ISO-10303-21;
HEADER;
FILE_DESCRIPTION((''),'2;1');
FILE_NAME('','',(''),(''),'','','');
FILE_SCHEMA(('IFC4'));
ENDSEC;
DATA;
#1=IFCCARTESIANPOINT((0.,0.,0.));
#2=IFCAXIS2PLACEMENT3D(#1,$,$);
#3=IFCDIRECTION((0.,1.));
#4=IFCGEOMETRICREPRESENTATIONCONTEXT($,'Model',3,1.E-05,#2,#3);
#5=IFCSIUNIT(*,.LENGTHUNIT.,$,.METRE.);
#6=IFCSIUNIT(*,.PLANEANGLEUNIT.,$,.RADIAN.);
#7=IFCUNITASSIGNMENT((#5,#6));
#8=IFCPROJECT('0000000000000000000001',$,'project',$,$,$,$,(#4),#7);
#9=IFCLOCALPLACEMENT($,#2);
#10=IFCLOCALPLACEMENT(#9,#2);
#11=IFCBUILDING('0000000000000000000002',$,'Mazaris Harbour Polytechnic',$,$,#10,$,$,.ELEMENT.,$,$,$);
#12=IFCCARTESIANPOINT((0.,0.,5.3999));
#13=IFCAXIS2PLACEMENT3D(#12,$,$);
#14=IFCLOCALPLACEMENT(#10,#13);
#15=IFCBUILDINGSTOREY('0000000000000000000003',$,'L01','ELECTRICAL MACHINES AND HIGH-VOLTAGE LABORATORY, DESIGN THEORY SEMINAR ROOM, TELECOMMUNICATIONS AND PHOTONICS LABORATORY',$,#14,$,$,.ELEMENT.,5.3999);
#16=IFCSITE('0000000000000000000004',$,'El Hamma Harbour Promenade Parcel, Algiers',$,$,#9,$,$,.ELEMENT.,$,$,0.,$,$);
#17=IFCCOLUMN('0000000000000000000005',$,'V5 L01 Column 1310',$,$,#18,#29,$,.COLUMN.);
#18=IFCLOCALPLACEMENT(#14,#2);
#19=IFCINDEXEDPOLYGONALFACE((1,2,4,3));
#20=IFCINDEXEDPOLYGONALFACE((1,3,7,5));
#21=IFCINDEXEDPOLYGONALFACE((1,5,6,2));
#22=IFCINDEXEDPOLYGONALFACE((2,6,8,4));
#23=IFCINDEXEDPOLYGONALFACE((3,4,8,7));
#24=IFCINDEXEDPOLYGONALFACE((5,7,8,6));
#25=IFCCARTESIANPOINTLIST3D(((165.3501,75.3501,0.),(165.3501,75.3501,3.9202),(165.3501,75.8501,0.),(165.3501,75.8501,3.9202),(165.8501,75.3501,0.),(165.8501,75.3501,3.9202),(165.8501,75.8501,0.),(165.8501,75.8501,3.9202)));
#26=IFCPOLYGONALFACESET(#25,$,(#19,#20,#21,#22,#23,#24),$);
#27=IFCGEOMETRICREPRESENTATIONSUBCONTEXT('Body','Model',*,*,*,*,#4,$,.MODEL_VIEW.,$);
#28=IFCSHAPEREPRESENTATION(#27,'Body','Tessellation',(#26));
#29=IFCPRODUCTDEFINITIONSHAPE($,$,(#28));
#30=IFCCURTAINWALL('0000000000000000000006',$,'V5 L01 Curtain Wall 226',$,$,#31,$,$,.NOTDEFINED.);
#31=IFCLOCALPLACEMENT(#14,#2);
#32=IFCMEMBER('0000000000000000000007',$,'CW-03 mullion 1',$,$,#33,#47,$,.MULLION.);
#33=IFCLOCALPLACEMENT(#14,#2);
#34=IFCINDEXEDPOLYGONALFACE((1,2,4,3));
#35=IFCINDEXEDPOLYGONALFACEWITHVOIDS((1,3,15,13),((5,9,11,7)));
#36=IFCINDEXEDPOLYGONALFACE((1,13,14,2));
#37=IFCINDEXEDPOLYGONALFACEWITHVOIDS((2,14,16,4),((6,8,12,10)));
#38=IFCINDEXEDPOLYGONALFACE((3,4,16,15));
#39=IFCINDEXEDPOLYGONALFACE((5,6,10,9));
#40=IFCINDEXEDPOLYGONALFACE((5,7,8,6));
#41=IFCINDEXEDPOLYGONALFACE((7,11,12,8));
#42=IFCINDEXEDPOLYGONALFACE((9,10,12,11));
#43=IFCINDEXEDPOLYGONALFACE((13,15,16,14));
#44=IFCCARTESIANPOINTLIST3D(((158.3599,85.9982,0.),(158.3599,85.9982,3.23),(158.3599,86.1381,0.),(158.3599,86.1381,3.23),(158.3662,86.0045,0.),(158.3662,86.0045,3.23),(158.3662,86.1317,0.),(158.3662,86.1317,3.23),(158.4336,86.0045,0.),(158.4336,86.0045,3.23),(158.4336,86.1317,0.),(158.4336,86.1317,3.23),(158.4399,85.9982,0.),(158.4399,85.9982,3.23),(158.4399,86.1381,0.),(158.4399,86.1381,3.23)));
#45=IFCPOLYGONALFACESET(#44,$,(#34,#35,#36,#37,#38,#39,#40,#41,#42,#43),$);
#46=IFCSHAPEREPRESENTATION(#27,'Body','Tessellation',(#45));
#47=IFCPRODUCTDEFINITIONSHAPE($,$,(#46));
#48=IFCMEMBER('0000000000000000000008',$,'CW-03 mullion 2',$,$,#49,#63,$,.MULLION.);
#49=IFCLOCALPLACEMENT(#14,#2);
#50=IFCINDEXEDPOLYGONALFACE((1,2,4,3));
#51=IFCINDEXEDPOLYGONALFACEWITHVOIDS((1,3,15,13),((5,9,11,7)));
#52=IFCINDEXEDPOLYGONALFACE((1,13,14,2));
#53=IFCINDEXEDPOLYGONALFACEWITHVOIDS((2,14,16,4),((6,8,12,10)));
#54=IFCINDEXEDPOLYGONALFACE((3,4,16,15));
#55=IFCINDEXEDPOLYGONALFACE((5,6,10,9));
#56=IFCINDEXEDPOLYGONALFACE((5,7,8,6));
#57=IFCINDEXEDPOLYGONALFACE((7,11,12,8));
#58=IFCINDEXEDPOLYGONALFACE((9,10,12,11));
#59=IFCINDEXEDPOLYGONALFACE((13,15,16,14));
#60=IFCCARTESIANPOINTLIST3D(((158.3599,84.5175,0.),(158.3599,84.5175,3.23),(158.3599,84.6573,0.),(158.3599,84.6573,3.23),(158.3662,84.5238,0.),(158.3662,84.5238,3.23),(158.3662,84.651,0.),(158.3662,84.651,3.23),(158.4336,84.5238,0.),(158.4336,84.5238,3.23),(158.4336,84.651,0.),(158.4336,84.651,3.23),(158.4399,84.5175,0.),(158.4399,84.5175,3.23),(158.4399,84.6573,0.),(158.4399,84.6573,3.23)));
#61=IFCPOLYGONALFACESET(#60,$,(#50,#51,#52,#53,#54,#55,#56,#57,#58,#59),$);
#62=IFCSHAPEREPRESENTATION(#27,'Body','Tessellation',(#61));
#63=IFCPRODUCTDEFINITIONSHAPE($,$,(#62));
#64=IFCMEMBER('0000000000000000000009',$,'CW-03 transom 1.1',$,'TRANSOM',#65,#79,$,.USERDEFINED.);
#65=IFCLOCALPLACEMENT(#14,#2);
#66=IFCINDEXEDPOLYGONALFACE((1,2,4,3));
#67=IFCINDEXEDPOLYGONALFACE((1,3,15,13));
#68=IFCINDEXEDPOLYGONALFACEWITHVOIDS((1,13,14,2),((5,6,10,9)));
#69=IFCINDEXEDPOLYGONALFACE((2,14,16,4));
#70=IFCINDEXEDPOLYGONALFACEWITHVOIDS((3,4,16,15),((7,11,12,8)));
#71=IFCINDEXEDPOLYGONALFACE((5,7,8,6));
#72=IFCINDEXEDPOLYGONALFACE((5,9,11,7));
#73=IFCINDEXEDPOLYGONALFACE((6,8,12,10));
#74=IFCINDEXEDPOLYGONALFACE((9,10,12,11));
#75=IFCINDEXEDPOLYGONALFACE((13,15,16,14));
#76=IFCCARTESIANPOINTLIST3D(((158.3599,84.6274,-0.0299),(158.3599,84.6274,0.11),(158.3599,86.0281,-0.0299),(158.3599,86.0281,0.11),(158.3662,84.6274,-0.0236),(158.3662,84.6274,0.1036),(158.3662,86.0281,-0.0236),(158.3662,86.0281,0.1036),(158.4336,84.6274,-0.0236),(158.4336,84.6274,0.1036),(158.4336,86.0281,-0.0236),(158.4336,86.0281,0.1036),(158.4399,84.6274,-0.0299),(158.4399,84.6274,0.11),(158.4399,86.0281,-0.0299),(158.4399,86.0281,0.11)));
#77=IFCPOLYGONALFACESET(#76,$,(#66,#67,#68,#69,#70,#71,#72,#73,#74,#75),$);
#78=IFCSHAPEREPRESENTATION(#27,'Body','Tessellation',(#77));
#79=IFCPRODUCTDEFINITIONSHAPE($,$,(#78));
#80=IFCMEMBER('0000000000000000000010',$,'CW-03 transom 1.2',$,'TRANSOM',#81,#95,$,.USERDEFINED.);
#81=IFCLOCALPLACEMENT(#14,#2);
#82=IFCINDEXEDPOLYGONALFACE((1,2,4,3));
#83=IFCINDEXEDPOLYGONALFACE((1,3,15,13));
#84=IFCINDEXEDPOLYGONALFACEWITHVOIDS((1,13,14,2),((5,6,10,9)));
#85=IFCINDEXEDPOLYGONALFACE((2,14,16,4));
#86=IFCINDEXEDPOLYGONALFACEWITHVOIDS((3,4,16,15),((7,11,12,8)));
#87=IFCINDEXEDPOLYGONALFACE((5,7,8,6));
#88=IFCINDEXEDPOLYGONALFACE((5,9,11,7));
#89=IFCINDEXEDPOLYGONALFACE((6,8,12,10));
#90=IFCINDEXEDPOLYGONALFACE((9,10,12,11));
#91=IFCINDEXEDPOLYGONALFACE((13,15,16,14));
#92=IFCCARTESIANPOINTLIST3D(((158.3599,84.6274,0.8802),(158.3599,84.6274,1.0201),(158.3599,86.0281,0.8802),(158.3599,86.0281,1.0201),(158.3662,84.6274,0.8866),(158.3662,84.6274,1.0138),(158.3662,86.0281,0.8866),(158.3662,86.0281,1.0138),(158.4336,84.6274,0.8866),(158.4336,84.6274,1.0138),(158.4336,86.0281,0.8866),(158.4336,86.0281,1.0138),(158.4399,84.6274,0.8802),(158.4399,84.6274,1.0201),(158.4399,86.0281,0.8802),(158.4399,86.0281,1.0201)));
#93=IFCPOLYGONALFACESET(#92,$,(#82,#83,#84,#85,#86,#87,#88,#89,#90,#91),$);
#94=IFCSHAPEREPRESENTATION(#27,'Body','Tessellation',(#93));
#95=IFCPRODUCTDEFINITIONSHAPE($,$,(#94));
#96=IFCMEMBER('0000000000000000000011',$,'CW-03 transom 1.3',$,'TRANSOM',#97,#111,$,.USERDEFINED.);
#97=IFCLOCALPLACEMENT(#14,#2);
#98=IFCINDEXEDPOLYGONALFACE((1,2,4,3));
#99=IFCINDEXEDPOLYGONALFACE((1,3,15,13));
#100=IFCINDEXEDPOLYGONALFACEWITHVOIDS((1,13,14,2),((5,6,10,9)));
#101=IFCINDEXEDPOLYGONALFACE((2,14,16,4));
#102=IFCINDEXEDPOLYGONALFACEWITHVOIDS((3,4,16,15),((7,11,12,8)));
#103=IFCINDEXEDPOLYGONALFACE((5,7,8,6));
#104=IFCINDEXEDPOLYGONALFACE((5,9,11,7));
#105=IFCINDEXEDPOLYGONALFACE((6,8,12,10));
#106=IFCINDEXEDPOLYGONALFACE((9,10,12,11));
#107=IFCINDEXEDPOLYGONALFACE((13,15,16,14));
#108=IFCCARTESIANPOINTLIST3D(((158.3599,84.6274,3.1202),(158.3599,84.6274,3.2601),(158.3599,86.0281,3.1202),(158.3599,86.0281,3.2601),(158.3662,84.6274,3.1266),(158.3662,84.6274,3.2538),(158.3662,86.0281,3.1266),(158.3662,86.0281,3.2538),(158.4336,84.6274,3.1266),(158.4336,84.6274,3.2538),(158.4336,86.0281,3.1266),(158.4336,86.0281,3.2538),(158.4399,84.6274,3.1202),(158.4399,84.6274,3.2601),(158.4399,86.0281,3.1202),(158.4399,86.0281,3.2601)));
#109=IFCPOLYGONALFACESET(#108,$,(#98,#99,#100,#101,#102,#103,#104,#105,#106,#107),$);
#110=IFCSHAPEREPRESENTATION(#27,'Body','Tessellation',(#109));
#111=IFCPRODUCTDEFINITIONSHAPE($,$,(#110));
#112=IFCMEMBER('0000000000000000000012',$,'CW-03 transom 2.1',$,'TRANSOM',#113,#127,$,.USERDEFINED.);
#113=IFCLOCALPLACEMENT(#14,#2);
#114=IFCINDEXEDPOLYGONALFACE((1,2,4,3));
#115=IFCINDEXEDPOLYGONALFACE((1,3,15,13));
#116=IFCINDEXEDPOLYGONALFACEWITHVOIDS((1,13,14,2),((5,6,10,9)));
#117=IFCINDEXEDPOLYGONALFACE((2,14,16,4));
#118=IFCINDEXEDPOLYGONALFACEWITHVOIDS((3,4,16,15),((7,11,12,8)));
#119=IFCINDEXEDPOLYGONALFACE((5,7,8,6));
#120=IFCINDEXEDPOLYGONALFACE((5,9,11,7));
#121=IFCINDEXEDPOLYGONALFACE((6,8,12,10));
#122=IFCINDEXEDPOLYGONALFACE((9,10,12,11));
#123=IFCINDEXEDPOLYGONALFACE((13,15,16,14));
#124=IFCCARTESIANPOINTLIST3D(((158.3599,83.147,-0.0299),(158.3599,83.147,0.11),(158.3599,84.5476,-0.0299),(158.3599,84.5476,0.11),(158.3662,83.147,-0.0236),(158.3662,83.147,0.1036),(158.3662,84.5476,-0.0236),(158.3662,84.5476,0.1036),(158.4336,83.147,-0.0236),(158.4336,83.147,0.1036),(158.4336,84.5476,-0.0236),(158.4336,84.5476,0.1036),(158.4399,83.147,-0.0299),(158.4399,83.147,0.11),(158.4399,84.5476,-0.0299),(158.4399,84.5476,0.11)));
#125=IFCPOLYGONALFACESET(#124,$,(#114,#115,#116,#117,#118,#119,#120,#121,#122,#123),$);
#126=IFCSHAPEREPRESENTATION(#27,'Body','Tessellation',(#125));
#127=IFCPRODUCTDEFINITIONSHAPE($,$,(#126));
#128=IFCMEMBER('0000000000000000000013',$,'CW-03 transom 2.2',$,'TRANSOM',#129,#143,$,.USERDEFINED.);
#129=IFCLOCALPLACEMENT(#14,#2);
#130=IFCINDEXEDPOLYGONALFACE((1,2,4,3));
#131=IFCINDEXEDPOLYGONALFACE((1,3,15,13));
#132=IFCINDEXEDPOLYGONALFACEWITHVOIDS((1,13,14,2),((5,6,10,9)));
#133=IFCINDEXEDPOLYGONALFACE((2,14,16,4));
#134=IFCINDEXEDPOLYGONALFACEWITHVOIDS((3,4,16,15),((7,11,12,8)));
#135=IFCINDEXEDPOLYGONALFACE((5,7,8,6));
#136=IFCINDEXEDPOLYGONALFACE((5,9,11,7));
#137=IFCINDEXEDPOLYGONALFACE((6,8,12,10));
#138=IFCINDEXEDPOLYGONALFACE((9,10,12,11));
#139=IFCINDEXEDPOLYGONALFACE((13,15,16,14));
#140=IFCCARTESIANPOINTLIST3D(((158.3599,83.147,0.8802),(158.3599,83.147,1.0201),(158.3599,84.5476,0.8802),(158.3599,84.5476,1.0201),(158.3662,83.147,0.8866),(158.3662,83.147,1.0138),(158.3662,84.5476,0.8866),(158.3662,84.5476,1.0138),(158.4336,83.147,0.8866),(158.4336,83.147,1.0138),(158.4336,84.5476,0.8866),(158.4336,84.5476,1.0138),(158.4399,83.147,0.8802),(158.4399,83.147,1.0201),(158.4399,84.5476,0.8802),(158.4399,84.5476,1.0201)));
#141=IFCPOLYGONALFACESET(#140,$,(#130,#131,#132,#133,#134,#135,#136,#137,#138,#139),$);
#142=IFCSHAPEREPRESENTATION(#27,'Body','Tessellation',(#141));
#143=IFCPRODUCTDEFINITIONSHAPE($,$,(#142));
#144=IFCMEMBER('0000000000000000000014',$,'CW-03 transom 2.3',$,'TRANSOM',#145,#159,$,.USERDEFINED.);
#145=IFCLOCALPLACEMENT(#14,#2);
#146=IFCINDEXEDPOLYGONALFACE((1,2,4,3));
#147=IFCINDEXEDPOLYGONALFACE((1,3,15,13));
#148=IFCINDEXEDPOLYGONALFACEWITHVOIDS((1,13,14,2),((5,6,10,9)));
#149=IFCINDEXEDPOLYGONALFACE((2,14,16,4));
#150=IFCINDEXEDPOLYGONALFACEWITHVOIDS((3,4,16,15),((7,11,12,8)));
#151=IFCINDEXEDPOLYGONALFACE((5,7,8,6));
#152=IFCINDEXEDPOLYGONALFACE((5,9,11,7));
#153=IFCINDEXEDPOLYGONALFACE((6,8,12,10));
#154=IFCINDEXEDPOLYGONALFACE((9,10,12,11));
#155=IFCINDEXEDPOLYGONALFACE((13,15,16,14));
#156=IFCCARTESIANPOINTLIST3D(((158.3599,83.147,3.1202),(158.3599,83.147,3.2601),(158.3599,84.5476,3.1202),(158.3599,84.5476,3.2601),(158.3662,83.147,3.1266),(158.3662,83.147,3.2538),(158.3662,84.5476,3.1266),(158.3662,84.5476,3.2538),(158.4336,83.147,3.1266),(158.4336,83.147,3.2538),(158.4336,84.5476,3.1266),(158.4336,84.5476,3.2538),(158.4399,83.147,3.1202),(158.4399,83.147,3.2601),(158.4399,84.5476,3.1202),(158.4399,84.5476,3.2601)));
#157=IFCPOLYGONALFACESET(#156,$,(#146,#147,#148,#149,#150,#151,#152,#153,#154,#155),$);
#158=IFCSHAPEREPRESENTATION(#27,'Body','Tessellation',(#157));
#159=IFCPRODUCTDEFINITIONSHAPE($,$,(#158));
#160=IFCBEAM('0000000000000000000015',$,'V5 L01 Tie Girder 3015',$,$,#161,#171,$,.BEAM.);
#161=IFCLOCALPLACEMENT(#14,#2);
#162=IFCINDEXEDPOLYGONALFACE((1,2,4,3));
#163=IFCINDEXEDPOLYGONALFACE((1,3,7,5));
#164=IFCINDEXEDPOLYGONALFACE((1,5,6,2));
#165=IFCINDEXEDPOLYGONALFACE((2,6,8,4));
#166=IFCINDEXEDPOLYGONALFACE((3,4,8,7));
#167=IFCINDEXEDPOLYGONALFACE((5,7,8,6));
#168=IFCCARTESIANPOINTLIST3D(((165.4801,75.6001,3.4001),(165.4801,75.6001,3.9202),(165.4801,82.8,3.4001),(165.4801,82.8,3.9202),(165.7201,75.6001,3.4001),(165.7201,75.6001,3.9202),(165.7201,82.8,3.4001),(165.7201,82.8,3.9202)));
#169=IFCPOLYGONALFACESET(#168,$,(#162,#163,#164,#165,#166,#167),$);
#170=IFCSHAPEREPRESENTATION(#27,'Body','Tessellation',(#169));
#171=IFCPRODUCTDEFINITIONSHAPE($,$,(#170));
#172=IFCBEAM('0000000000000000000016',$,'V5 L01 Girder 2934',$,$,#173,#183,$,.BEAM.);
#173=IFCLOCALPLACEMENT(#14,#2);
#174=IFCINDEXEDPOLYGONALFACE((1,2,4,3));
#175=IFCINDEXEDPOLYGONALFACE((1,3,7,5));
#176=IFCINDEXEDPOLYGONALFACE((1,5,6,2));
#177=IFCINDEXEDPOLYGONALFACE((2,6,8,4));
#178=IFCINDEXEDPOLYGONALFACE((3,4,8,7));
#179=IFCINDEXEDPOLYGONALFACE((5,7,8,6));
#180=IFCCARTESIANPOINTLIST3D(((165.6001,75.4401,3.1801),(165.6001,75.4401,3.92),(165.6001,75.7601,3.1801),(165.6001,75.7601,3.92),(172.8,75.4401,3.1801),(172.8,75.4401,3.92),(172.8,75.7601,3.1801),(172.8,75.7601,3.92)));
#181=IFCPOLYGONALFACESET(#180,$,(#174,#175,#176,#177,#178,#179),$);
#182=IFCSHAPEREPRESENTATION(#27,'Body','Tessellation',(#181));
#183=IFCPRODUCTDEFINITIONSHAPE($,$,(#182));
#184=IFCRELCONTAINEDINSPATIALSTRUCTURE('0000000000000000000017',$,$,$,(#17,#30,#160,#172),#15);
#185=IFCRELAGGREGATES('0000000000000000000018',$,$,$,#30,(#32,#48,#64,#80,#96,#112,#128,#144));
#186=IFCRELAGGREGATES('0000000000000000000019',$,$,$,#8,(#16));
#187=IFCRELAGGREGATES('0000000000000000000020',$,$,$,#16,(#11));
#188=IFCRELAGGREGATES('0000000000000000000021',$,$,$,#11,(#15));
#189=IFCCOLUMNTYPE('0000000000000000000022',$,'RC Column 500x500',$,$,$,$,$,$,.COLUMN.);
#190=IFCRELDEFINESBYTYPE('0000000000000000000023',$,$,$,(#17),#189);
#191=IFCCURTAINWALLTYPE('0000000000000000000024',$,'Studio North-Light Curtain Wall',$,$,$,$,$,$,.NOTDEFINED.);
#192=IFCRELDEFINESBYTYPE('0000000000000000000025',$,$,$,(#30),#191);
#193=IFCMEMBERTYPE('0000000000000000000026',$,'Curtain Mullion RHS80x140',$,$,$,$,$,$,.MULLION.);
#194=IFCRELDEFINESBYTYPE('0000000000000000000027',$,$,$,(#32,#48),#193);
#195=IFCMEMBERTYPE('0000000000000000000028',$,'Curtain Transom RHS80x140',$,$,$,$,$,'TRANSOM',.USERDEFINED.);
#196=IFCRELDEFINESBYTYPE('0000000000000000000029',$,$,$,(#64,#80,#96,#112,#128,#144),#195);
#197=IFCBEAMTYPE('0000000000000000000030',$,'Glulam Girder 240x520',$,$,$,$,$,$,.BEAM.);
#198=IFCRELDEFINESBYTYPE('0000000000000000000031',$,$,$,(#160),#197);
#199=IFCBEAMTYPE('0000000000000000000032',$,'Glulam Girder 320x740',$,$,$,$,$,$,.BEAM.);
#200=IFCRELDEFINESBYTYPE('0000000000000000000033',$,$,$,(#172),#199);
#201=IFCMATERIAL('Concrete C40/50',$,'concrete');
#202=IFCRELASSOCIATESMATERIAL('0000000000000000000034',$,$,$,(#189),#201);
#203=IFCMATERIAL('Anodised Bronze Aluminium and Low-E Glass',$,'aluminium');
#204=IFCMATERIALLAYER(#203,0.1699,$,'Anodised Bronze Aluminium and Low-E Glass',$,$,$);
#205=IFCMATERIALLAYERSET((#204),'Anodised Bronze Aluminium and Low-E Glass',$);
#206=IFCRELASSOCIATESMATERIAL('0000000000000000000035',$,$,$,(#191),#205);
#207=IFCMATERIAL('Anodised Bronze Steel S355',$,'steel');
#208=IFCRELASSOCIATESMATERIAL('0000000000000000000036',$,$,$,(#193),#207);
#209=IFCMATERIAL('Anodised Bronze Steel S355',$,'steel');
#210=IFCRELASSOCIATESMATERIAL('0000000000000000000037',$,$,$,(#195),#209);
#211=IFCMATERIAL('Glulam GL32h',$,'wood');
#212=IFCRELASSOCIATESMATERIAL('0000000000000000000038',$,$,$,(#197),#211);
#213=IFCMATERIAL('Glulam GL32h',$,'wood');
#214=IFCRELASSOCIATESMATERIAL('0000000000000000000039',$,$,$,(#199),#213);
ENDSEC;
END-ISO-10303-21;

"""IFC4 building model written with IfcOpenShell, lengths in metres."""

from ifc_helpers import new_model, si_unit, direction, frame, origin, origin_2d, place, context, subcontext, project, spatial, rectangle, hollow_rectangle, extrude, material, layer, layer_set, material_profile, profile_set, type_object, element, aggregate, save


model = new_model("IFC4")

# Units and contexts
model_context = context("Model", 3, precision=1e-05, world=origin(), true_north=direction((0.0, 1.0)))
body_context = subcontext(model_context, "Body", "Model", "MODEL_VIEW")
ifc_project = project(units=[si_unit("LENGTHUNIT", "METRE"), si_unit("PLANEANGLEUNIT", "RADIAN")], contexts=[model_context])

# Site, building, storey
site_placement = place(None, origin())
site = spatial("IfcSite", under=ifc_project, at=site_placement, Name="El Hamma Harbour Promenade Parcel, Algiers", CompositionType="ELEMENT", RefElevation=0.0)
building_placement = place(site_placement, origin())
building = spatial("IfcBuilding", under=site, at=building_placement, Name="Mazaris Harbour Polytechnic", CompositionType="ELEMENT")
storey_placement = place(building_placement, frame((0.0, 0.0, 5.3999)))
storey = spatial("IfcBuildingStorey", under=building, at=storey_placement, Name="L01", Description="ELECTRICAL MACHINES AND HIGH-VOLTAGE LABORATORY, DESIGN THEORY SEMINAR ROOM, TELECOMMUNICATIONS AND PHOTONICS LABORATORY", CompositionType="ELEMENT", Elevation=5.3999)

# Column
ifc_material_1 = material(Name="Concrete C40/50", Category="concrete")
ifc_material_profile_1 = material_profile(ifc_material_1, rectangle(XDim=0.5, YDim=0.5, at=origin_2d()), Name="RECT500x500")
ifc_profile_set_1 = profile_set([ifc_material_profile_1], Name="Concrete C40/50")
column_type = type_object("IfcColumnType", Name="RC Column 500x500", PredefinedType="COLUMN", material=ifc_profile_set_1)
column_placement = place(storey_placement, frame((165.6001, 75.6001, 0.0), z_axis=(0.0, 0.0, 1.0), x_axis=(1.0, 0.0, 0.0)))
element("IfcColumn", 1, at=column_placement, inside=storey, type_object=column_type, Name="V5 L01 Column 1310", PredefinedType="COLUMN", context=body_context, shape_type="SweptSolid", body=[
    extrude(rectangle(XDim=0.5, YDim=0.5, at=origin_2d()), origin(), (0.0, 0.0, 1.0), 3.9202),
])

# Curtain wall, members
ifc_material_2 = material(Name="Anodised Bronze Aluminium and Low-E Glass", Category="aluminium")
ifc_layer_1 = layer(ifc_material_2, 0.1699, Name="Anodised Bronze Aluminium and Low-E Glass")
ifc_layer_set_1 = layer_set([ifc_layer_1], Name="Anodised Bronze Aluminium and Low-E Glass")
curtain_wall_type = type_object("IfcCurtainWallType", Name="Studio North-Light Curtain Wall", PredefinedType="NOTDEFINED", material=ifc_layer_set_1)
curtain_wall_placement = place(storey_placement, origin())
curtain_wall = element("IfcCurtainWall", 2, at=curtain_wall_placement, inside=storey, type_object=curtain_wall_type, Name="V5 L01 Curtain Wall 226", PredefinedType="NOTDEFINED")
ifc_material_3 = material(Name="Anodised Bronze Steel S355", Category="steel")
ifc_material_profile_2 = material_profile(ifc_material_3, hollow_rectangle(XDim=0.0801, YDim=0.1399, WallThickness=0.0063, at=origin_2d()), Name="RHS 80x140x6.3")
ifc_profile_set_2 = profile_set([ifc_material_profile_2], Name="Anodised Bronze Steel S355")
member_type_1 = type_object("IfcMemberType", Name="Curtain Mullion RHS80x140", PredefinedType="MULLION", material=ifc_profile_set_2)
member_1_placement = place(storey_placement, frame((158.3999, 86.0681, 0.0), z_axis=(0.0, 0.0, 1.0), x_axis=(1.0, 0.0, 0.0)))
member_1 = element("IfcMember", 3, at=member_1_placement, type_object=member_type_1, Name="CW-03 mullion 1", PredefinedType="MULLION", context=body_context, shape_type="SweptSolid", body=[
    extrude(hollow_rectangle(XDim=0.0801, YDim=0.1399, WallThickness=0.0063, at=origin_2d()), origin(), (0.0, 0.0, 1.0), 3.23),
])
member_2_placement = place(storey_placement, frame((158.3999, 84.5874, 0.0), z_axis=(0.0, 0.0, 1.0), x_axis=(1.0, 0.0, 0.0)))
member_2 = element("IfcMember", 4, at=member_2_placement, type_object=member_type_1, Name="CW-03 mullion 2", PredefinedType="MULLION", context=body_context, shape_type="SweptSolid", body=[
    extrude(hollow_rectangle(XDim=0.0801, YDim=0.1399, WallThickness=0.0063, at=origin_2d()), origin(), (0.0, 0.0, 1.0), 3.23),
])
ifc_material_4 = material(Name="Anodised Bronze Steel S355", Category="steel")
ifc_material_profile_3 = material_profile(ifc_material_4, hollow_rectangle(XDim=0.0801, YDim=0.1399, WallThickness=0.0063, at=origin_2d()), Name="RHS 80x140x6.3")
ifc_profile_set_3 = profile_set([ifc_material_profile_3], Name="Anodised Bronze Steel S355")
member_type_2 = type_object("IfcMemberType", Name="Curtain Transom RHS80x140", ElementType="TRANSOM", PredefinedType="USERDEFINED", material=ifc_profile_set_3)
member_3_placement = place(storey_placement, frame((158.3999, 86.0281, 0.04), z_axis=(0.0, -1.0, 0.0), x_axis=(1.0, 0.0, 0.0)))
member_3 = element("IfcMember", 5, at=member_3_placement, type_object=member_type_2, Name="CW-03 transom 1.1", ObjectType="TRANSOM", PredefinedType="USERDEFINED", context=body_context, shape_type="SweptSolid", body=[
    extrude(hollow_rectangle(XDim=0.0801, YDim=0.1399, WallThickness=0.0063, at=origin_2d()), origin(), (0.0, 0.0, 1.0), 1.4006),
])
member_4_placement = place(storey_placement, frame((158.3999, 86.0281, 0.9502), z_axis=(0.0, -1.0, 0.0), x_axis=(1.0, 0.0, 0.0)))
member_4 = element("IfcMember", 6, at=member_4_placement, type_object=member_type_2, Name="CW-03 transom 1.2", ObjectType="TRANSOM", PredefinedType="USERDEFINED", context=body_context, shape_type="SweptSolid", body=[
    extrude(hollow_rectangle(XDim=0.0801, YDim=0.1399, WallThickness=0.0063, at=origin_2d()), origin(), (0.0, 0.0, 1.0), 1.4006),
])
member_5_placement = place(storey_placement, frame((158.3999, 86.0281, 3.1902), z_axis=(0.0, -1.0, 0.0), x_axis=(1.0, 0.0, 0.0)))
member_5 = element("IfcMember", 7, at=member_5_placement, type_object=member_type_2, Name="CW-03 transom 1.3", ObjectType="TRANSOM", PredefinedType="USERDEFINED", context=body_context, shape_type="SweptSolid", body=[
    extrude(hollow_rectangle(XDim=0.0801, YDim=0.1399, WallThickness=0.0063, at=origin_2d()), origin(), (0.0, 0.0, 1.0), 1.4006),
])
member_6_placement = place(storey_placement, frame((158.3999, 84.5476, 0.04), z_axis=(0.0, -1.0, 0.0), x_axis=(1.0, 0.0, 0.0)))
member_6 = element("IfcMember", 8, at=member_6_placement, type_object=member_type_2, Name="CW-03 transom 2.1", ObjectType="TRANSOM", PredefinedType="USERDEFINED", context=body_context, shape_type="SweptSolid", body=[
    extrude(hollow_rectangle(XDim=0.0801, YDim=0.1399, WallThickness=0.0063, at=origin_2d()), origin(), (0.0, 0.0, 1.0), 1.4006),
])
member_7_placement = place(storey_placement, frame((158.3999, 84.5476, 0.9502), z_axis=(0.0, -1.0, 0.0), x_axis=(1.0, 0.0, 0.0)))
member_7 = element("IfcMember", 9, at=member_7_placement, type_object=member_type_2, Name="CW-03 transom 2.2", ObjectType="TRANSOM", PredefinedType="USERDEFINED", context=body_context, shape_type="SweptSolid", body=[
    extrude(hollow_rectangle(XDim=0.0801, YDim=0.1399, WallThickness=0.0063, at=origin_2d()), origin(), (0.0, 0.0, 1.0), 1.4006),
])
member_8_placement = place(storey_placement, frame((158.3999, 84.5476, 3.1902), z_axis=(0.0, -1.0, 0.0), x_axis=(1.0, 0.0, 0.0)))
member_8 = element("IfcMember", 10, at=member_8_placement, type_object=member_type_2, Name="CW-03 transom 2.3", ObjectType="TRANSOM", PredefinedType="USERDEFINED", context=body_context, shape_type="SweptSolid", body=[
    extrude(hollow_rectangle(XDim=0.0801, YDim=0.1399, WallThickness=0.0063, at=origin_2d()), origin(), (0.0, 0.0, 1.0), 1.4006),
])

# Beams
ifc_material_5 = material(Name="Glulam GL32h", Category="wood")
ifc_material_profile_4 = material_profile(ifc_material_5, rectangle(XDim=0.24, YDim=0.52, at=origin_2d()), Name="RECT240x520")
ifc_profile_set_4 = profile_set([ifc_material_profile_4], Name="Glulam GL32h")
beam_type_1 = type_object("IfcBeamType", Name="Glulam Girder 240x520", PredefinedType="BEAM", material=ifc_profile_set_4)
beam_1_placement = place(storey_placement, frame((165.6001, 75.6001, 3.6602), z_axis=(0.0, 1.0, 0.0), x_axis=(-1.0, 0.0, 0.0)))
element("IfcBeam", 11, at=beam_1_placement, inside=storey, type_object=beam_type_1, Name="V5 L01 Tie Girder 3015", PredefinedType="BEAM", context=body_context, shape_type="SweptSolid", body=[
    extrude(rectangle(XDim=0.24, YDim=0.52, at=origin_2d()), origin(), (0.0, 0.0, 1.0), 7.2),
])
ifc_material_6 = material(Name="Glulam GL32h", Category="wood")
ifc_material_profile_5 = material_profile(ifc_material_6, rectangle(XDim=0.3201, YDim=0.74, at=origin_2d()), Name="RECT320x740")
ifc_profile_set_5 = profile_set([ifc_material_profile_5], Name="Glulam GL32h")
beam_type_2 = type_object("IfcBeamType", Name="Glulam Girder 320x740", PredefinedType="BEAM", material=ifc_profile_set_5)
beam_2_placement = place(storey_placement, frame((165.6001, 75.6001, 3.55), z_axis=(1.0, 0.0, 0.0), x_axis=(0.0, 1.0, 0.0)))
element("IfcBeam", 12, at=beam_2_placement, inside=storey, type_object=beam_type_2, Name="V5 L01 Girder 2934", PredefinedType="BEAM", context=body_context, shape_type="SweptSolid", body=[
    extrude(rectangle(XDim=0.3201, YDim=0.74, at=origin_2d()), origin(), (0.0, 0.0, 1.0), 7.2),
])

aggregate(curtain_wall, [member_1, member_2, member_3, member_4, member_5, member_6, member_7, member_8])

save(model, "model.ifc")
